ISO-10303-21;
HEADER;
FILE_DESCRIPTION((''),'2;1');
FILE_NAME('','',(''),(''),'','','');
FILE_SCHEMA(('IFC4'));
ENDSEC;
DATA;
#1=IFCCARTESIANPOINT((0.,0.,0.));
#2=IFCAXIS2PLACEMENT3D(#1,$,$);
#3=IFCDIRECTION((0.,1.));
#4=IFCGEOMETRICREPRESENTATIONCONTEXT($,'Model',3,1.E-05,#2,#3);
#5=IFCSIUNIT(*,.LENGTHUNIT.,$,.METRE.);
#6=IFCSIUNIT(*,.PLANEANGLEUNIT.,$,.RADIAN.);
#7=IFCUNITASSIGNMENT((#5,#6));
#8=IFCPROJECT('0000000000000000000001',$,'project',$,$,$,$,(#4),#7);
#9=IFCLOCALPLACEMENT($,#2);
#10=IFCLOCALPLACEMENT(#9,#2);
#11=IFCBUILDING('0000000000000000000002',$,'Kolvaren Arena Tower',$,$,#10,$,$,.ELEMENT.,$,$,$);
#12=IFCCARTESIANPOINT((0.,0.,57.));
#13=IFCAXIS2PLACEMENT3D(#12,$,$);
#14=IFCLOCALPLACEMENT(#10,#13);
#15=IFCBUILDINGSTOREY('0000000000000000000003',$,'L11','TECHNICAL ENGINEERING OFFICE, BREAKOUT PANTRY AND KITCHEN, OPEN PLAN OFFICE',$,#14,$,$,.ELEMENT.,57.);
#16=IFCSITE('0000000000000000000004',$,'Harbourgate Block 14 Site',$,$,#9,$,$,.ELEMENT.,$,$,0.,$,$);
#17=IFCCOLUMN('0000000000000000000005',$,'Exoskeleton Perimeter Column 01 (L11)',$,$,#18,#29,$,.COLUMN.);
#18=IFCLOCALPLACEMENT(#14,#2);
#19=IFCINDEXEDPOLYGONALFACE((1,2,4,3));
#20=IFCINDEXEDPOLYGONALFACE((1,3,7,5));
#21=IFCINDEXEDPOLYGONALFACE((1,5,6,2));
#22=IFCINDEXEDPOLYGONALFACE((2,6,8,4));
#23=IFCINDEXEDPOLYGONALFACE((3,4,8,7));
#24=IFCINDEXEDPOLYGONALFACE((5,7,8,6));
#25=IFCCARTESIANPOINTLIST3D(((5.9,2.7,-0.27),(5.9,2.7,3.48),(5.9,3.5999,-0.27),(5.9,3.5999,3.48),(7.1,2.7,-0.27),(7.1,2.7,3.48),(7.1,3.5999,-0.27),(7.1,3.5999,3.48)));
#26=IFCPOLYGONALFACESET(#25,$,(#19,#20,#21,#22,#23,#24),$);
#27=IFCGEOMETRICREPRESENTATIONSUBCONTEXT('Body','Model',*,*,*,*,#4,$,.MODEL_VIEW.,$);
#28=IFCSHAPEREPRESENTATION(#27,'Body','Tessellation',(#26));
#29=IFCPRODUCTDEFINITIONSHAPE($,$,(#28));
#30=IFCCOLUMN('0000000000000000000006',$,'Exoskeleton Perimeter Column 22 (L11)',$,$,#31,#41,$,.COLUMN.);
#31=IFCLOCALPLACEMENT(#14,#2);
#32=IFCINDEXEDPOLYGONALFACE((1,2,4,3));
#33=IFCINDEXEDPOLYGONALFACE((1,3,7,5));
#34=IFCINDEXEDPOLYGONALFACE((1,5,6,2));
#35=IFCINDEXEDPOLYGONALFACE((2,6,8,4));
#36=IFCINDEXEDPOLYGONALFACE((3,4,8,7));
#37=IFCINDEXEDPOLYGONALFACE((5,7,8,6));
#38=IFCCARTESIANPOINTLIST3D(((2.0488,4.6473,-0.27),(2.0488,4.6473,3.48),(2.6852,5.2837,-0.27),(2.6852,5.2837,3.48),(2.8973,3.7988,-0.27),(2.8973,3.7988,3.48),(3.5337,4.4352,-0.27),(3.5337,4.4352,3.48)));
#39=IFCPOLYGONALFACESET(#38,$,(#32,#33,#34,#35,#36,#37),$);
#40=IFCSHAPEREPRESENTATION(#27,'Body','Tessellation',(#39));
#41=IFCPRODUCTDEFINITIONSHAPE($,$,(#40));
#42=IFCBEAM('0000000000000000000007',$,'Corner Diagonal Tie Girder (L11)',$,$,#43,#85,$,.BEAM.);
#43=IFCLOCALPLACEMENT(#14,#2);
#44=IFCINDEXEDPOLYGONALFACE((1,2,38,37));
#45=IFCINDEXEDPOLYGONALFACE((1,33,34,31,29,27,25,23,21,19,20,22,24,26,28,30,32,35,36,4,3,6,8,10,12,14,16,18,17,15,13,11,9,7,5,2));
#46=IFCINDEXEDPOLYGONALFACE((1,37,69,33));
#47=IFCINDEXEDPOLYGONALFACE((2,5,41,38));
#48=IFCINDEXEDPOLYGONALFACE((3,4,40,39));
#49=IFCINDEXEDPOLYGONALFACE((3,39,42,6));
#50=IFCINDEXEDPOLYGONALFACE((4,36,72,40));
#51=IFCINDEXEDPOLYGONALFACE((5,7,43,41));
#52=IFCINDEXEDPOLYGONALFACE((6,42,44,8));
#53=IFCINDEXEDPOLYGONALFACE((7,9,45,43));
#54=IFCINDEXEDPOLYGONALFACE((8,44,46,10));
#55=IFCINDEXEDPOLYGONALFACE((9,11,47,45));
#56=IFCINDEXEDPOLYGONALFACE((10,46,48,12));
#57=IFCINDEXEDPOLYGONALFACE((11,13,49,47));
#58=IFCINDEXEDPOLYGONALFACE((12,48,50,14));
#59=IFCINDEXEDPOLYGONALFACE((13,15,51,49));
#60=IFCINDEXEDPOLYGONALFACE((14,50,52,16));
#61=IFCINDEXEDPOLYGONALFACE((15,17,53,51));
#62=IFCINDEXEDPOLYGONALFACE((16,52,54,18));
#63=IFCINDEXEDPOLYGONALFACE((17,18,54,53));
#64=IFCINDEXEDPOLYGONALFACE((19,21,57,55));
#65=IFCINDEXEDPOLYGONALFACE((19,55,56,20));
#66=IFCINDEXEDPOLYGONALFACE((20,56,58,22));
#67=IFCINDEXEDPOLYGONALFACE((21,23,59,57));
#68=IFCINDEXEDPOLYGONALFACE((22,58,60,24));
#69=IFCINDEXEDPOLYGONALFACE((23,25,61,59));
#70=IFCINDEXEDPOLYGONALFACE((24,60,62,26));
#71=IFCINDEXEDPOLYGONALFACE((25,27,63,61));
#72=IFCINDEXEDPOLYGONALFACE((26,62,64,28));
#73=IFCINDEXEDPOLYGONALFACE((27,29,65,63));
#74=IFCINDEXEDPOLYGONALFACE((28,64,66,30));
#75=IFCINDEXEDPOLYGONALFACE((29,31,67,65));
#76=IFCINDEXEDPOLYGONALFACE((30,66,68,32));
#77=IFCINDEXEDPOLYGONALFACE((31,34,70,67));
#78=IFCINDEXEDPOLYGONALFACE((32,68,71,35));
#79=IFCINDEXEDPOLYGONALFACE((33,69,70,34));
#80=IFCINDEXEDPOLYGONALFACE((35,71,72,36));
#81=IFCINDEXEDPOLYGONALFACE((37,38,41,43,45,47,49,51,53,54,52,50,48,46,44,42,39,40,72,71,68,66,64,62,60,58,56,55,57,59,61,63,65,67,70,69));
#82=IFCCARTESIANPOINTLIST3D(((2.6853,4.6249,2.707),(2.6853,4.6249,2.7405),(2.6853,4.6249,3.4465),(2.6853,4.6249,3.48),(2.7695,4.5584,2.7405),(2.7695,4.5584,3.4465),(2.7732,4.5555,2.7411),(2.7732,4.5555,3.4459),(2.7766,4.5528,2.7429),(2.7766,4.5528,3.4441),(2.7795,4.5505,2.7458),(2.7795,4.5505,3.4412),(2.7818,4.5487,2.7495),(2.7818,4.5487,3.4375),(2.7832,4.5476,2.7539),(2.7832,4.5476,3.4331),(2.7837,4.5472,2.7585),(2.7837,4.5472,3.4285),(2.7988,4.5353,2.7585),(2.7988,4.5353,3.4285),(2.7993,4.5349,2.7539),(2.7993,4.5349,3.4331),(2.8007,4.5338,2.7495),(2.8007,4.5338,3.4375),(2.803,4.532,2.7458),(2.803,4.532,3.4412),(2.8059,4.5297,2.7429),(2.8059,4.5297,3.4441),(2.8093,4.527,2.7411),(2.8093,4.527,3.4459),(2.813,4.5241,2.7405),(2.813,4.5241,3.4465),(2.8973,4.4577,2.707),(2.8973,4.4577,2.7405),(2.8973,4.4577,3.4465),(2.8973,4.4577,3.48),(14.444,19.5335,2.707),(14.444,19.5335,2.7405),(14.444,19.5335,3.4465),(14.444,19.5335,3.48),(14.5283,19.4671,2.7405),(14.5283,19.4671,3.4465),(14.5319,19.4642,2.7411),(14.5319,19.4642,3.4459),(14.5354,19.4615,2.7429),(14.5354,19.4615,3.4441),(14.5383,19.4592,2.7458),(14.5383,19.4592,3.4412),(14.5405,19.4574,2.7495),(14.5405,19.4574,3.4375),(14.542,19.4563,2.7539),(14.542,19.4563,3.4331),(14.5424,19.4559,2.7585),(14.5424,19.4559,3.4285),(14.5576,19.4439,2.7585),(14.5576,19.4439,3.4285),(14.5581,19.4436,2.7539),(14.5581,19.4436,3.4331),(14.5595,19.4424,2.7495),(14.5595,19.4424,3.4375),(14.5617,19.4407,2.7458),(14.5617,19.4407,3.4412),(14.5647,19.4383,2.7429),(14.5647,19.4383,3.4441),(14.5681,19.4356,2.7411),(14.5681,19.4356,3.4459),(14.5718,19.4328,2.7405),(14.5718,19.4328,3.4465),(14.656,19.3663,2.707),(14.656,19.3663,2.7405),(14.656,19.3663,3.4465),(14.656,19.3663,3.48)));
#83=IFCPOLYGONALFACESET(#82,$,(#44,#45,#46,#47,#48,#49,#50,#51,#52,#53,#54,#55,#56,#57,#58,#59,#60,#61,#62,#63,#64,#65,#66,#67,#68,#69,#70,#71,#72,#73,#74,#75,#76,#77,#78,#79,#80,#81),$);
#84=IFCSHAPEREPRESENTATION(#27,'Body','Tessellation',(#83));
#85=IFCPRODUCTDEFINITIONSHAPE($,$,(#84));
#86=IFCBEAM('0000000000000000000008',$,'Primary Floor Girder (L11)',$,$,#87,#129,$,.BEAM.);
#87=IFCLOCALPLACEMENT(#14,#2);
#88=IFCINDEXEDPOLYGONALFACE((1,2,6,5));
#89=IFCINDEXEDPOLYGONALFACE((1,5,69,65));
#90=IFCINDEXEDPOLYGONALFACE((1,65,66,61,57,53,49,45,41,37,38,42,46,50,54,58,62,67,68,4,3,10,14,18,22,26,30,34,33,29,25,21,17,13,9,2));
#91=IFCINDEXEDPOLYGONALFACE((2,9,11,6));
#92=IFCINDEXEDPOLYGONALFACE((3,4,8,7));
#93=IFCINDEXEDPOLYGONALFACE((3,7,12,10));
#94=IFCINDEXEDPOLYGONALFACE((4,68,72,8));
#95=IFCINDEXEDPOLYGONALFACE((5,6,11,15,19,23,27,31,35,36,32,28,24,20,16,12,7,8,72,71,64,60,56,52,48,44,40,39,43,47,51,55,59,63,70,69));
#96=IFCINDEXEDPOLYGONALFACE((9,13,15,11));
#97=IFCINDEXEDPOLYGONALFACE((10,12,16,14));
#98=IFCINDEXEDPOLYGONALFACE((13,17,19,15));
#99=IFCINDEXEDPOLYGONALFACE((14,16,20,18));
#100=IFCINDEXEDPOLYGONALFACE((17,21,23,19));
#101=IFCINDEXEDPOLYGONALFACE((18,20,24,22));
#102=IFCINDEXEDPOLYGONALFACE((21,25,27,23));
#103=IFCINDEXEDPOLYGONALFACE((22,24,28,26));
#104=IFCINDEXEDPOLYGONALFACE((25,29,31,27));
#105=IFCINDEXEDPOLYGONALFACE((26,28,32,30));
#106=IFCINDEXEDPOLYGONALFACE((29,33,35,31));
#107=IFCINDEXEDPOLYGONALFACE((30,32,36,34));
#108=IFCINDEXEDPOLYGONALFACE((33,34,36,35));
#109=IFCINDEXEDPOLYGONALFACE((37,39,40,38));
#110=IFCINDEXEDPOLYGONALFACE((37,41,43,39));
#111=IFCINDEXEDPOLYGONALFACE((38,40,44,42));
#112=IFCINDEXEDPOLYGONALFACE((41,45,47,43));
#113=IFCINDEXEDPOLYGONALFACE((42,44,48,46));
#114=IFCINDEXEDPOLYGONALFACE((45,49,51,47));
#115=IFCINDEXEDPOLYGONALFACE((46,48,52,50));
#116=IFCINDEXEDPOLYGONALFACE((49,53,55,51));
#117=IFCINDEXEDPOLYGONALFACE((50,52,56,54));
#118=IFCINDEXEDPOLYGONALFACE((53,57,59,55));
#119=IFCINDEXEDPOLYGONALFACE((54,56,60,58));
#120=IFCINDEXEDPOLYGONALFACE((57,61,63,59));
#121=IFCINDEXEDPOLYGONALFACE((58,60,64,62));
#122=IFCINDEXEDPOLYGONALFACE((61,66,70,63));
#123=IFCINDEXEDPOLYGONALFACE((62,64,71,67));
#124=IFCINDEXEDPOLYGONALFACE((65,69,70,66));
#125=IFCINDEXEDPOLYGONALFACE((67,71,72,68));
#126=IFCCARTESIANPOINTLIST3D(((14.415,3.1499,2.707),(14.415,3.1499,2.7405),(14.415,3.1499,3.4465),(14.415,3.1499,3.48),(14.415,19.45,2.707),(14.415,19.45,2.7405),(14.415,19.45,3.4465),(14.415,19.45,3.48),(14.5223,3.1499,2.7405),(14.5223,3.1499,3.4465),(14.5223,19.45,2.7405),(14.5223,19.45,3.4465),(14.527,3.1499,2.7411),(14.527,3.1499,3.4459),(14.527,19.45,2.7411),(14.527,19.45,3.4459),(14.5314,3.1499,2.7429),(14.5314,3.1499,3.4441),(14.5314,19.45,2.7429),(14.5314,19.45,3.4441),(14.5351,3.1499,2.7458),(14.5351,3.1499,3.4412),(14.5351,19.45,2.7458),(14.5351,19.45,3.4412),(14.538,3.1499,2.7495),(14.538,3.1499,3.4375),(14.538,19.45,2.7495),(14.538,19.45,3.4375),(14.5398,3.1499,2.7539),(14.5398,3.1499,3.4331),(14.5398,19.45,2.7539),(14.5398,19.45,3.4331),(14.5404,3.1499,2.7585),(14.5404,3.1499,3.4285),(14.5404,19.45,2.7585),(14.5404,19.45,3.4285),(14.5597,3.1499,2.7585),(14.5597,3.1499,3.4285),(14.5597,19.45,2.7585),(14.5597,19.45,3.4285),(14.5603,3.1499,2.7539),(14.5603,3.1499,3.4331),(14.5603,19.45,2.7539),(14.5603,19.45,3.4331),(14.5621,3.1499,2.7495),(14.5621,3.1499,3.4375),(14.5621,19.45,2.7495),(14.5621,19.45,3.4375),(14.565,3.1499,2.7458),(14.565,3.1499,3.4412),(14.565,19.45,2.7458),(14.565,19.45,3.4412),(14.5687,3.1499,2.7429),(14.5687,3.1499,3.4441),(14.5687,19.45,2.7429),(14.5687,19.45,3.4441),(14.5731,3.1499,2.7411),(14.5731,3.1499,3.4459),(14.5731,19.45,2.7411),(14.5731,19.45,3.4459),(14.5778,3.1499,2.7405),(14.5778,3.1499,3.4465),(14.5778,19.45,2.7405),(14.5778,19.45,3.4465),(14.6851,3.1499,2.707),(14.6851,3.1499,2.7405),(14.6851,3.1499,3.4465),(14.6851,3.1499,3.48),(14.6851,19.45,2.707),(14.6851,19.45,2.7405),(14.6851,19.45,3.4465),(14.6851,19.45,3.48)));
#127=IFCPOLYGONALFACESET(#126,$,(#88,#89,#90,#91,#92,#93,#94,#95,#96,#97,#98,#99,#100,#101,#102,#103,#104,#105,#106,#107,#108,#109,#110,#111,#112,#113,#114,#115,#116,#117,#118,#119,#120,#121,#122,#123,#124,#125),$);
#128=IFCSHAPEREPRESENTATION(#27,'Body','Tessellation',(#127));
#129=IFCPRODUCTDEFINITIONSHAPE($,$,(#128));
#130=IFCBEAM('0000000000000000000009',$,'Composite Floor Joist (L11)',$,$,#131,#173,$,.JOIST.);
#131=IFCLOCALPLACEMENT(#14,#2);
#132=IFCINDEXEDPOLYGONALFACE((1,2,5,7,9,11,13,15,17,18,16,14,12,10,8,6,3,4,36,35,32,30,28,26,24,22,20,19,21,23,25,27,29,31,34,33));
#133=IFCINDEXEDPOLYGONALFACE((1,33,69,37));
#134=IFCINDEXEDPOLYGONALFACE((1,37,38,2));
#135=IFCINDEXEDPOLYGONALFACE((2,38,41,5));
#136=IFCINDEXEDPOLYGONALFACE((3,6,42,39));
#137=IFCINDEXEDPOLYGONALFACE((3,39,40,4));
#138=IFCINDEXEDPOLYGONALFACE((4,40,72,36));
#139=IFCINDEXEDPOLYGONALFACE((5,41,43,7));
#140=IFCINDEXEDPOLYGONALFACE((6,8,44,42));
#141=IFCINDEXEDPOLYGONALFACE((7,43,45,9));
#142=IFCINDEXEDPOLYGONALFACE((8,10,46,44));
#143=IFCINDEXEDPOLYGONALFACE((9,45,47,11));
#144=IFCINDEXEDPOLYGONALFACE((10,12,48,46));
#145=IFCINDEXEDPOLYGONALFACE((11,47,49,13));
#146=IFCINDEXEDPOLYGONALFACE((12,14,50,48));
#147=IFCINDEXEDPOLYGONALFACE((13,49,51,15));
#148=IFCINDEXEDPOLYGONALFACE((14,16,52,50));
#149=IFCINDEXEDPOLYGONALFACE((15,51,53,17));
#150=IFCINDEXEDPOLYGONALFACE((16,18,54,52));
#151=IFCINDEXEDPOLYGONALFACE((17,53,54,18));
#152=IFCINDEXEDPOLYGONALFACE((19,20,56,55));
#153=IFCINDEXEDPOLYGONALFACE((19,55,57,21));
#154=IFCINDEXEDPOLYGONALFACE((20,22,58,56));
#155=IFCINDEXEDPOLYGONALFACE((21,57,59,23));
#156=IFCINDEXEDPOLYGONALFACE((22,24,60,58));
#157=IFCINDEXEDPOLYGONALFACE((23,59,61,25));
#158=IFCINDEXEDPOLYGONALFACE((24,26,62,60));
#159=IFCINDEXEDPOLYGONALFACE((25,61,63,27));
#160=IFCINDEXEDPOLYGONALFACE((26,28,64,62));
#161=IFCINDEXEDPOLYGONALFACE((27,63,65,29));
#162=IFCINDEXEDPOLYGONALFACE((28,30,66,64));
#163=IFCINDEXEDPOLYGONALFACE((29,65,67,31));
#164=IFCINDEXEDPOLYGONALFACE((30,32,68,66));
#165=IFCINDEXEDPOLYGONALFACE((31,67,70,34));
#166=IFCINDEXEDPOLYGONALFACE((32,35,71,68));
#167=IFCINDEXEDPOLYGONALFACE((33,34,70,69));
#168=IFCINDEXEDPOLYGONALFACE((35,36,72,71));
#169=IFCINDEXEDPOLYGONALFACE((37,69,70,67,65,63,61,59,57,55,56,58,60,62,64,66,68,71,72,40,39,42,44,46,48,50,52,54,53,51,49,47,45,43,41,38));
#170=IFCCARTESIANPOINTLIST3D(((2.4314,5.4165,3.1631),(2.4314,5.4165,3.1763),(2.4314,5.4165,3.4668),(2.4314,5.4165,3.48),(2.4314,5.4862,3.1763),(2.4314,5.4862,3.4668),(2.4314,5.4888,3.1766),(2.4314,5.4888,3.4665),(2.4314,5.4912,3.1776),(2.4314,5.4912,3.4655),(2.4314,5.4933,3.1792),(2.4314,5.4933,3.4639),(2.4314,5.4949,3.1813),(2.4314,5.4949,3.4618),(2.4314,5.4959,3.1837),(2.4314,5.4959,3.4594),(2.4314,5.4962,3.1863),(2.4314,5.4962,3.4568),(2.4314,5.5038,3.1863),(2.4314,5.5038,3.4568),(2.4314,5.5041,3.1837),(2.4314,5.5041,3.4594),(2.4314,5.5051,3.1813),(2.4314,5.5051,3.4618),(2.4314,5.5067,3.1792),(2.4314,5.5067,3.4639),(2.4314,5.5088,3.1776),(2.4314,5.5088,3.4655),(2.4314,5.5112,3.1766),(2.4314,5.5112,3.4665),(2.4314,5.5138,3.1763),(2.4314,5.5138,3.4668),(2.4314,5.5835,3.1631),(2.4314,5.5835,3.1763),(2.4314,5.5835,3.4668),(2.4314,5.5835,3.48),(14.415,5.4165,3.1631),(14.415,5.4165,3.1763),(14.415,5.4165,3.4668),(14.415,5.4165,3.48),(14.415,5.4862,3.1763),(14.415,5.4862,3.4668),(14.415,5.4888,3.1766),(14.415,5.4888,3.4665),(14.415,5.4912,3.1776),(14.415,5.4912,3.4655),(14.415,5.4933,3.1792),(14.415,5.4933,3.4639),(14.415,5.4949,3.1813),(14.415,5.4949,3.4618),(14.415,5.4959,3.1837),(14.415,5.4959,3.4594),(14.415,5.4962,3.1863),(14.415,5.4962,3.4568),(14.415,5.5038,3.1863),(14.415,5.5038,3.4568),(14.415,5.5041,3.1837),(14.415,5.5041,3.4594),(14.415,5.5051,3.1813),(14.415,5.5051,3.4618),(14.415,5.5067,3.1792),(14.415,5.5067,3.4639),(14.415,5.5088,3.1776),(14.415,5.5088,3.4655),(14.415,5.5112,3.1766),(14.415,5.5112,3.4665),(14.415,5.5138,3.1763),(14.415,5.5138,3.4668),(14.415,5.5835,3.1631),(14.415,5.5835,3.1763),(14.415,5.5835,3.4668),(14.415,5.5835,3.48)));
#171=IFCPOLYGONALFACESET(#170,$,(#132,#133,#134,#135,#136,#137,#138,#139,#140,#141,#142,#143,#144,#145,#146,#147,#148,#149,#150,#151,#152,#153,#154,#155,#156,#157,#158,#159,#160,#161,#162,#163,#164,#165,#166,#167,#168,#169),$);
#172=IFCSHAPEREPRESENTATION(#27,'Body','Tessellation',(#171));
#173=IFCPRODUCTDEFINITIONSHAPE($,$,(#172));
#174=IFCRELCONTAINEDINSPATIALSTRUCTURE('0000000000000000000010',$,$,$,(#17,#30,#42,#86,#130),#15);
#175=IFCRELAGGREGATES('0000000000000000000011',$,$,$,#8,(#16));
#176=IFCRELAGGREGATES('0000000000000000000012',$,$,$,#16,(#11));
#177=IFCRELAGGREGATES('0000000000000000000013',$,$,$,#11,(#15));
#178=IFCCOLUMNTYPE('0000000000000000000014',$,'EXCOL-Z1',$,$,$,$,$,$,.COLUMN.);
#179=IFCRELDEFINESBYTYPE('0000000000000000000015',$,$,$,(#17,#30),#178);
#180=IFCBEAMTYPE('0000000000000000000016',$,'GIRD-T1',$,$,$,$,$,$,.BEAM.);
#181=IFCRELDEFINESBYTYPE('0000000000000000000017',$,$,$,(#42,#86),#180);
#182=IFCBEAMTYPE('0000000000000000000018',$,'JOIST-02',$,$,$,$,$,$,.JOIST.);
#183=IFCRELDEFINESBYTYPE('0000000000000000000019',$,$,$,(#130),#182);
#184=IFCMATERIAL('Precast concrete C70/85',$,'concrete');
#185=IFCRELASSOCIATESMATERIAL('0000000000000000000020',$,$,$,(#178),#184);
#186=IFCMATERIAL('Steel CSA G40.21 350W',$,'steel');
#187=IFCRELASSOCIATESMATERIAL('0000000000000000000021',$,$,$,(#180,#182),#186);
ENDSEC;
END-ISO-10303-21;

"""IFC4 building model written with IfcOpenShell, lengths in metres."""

from ifc_helpers import new_model, si_unit, direction, frame, origin, origin_2d, place, context, subcontext, project, spatial, rectangle, i_section, extrude, material, material_profile, profile_set, type_object, element, save


model = new_model("IFC4")

# Units and contexts
model_context = context("Model", 3, precision=1e-05, world=origin(), true_north=direction((0.0, 1.0)))
body_context = subcontext(model_context, "Body", "Model", "MODEL_VIEW")
ifc_project = project(units=[si_unit("LENGTHUNIT", "METRE"), si_unit("PLANEANGLEUNIT", "RADIAN")], contexts=[model_context])

# Site, building, storey
site_placement = place(None, origin())
site = spatial("IfcSite", under=ifc_project, at=site_placement, Name="Harbourgate Block 14 Site", CompositionType="ELEMENT", RefElevation=0.0)
building_placement = place(site_placement, origin())
building = spatial("IfcBuilding", under=site, at=building_placement, Name="Kolvaren Arena Tower", CompositionType="ELEMENT")
storey_placement = place(building_placement, frame((0.0, 0.0, 57.0)))
storey = spatial("IfcBuildingStorey", under=building, at=storey_placement, Name="L11", Description="TECHNICAL ENGINEERING OFFICE, BREAKOUT PANTRY AND KITCHEN, OPEN PLAN OFFICE", CompositionType="ELEMENT", Elevation=57.0)

# Columns
ifc_material_1 = material(Name="Precast concrete C70/85", Category="concrete")
ifc_material_profile_1 = material_profile(ifc_material_1, rectangle(XDim=1.2, YDim=0.8999, at=origin_2d()), Name="RC-1200x900")
ifc_profile_set_1 = profile_set([ifc_material_profile_1], Name="Precast concrete C70/85")
column_type = type_object("IfcColumnType", Name="EXCOL-Z1", PredefinedType="COLUMN", material=ifc_profile_set_1)
for number, where, z_axis, x_axis, name in (
    (1, (6.5, 3.1499, -0.27), (0.0, 0.0, 1.0), (1.0, 0.0, 0.0), "Exoskeleton Perimeter Column 01 (L11)"),
    (2, (2.7913, 4.5413, -0.27), (0.0, 0.0, 1.0), (-0.707107, 0.707107, 0.0), "Exoskeleton Perimeter Column 22 (L11)"),
):
    element("IfcColumn", number, at=place(storey_placement, frame(where, z_axis=z_axis, x_axis=x_axis)), inside=storey, type_object=column_type, Name=name, PredefinedType="COLUMN", context=body_context, shape_type="SweptSolid", body=[
        extrude(rectangle(XDim=1.2, YDim=0.8999, at=origin_2d()), origin(), (0.0, 0.0, 1.0), 3.75),
    ])

# Beams
ifc_material_2 = material(Name="Steel CSA G40.21 350W", Category="steel")
ifc_material_profile_2 = material_profile(ifc_material_2, i_section(OverallWidth=0.27, OverallDepth=0.7729, WebThickness=0.0193, FlangeThickness=0.0334, FilletRadius=0.0181, at=origin_2d()), Name="W760x257")
ifc_profile_set_2 = profile_set([ifc_material_profile_2], Name="Steel CSA G40.21 350W")
beam_type_1 = type_object("IfcBeamType", Name="GIRD-T1", PredefinedType="BEAM", material=ifc_profile_set_2)
beam_1_placement = place(storey_placement, frame((2.7913, 4.5413, 3.0935), z_axis=(0.61928, 0.78517, 0.0), x_axis=(-0.78517, 0.61928, 0.0)))
element("IfcBeam", 3, at=beam_1_placement, inside=storey, type_object=beam_type_1, Name="Corner Diagonal Tie Girder (L11)", PredefinedType="BEAM", context=body_context, shape_type="SweptSolid", body=[
    extrude(i_section(OverallWidth=0.27, OverallDepth=0.7729, WebThickness=0.0193, FlangeThickness=0.0334, FilletRadius=0.0181, at=origin_2d()), origin(), (0.0, 0.0, 1.0), 18.9878),
])
beam_2_placement = place(storey_placement, frame((14.55, 3.1499, 3.0935), z_axis=(0.0, 1.0, 0.0), x_axis=(-1.0, 0.0, 0.0)))
element("IfcBeam", 4, at=beam_2_placement, inside=storey, type_object=beam_type_1, Name="Primary Floor Girder (L11)", PredefinedType="BEAM", context=body_context, shape_type="SweptSolid", body=[
    extrude(i_section(OverallWidth=0.27, OverallDepth=0.7729, WebThickness=0.0193, FlangeThickness=0.0334, FilletRadius=0.0181, at=origin_2d()), origin(), (0.0, 0.0, 1.0), 16.3),
])
ifc_material_profile_3 = material_profile(ifc_material_2, i_section(OverallWidth=0.167, OverallDepth=0.3169, WebThickness=0.0076, FlangeThickness=0.0132, FilletRadius=0.01, at=origin_2d()), Name="W310x52")
ifc_profile_set_3 = profile_set([ifc_material_profile_3], Name="Steel CSA G40.21 350W")
beam_type_2 = type_object("IfcBeamType", Name="JOIST-02", PredefinedType="JOIST", material=ifc_profile_set_3)
beam_3_placement = place(storey_placement, frame((2.4314, 5.5, 3.3215), z_axis=(1.0, 0.0, 0.0), x_axis=(0.0, 1.0, 0.0)))
element("IfcBeam", 5, at=beam_3_placement, inside=storey, type_object=beam_type_2, Name="Composite Floor Joist (L11)", PredefinedType="JOIST", context=body_context, shape_type="SweptSolid", body=[
    extrude(i_section(OverallWidth=0.167, OverallDepth=0.3169, WebThickness=0.0076, FlangeThickness=0.0132, FilletRadius=0.01, at=origin_2d()), origin(), (0.0, 0.0, 1.0), 11.9836),
])

save(model, "model.ifc")
